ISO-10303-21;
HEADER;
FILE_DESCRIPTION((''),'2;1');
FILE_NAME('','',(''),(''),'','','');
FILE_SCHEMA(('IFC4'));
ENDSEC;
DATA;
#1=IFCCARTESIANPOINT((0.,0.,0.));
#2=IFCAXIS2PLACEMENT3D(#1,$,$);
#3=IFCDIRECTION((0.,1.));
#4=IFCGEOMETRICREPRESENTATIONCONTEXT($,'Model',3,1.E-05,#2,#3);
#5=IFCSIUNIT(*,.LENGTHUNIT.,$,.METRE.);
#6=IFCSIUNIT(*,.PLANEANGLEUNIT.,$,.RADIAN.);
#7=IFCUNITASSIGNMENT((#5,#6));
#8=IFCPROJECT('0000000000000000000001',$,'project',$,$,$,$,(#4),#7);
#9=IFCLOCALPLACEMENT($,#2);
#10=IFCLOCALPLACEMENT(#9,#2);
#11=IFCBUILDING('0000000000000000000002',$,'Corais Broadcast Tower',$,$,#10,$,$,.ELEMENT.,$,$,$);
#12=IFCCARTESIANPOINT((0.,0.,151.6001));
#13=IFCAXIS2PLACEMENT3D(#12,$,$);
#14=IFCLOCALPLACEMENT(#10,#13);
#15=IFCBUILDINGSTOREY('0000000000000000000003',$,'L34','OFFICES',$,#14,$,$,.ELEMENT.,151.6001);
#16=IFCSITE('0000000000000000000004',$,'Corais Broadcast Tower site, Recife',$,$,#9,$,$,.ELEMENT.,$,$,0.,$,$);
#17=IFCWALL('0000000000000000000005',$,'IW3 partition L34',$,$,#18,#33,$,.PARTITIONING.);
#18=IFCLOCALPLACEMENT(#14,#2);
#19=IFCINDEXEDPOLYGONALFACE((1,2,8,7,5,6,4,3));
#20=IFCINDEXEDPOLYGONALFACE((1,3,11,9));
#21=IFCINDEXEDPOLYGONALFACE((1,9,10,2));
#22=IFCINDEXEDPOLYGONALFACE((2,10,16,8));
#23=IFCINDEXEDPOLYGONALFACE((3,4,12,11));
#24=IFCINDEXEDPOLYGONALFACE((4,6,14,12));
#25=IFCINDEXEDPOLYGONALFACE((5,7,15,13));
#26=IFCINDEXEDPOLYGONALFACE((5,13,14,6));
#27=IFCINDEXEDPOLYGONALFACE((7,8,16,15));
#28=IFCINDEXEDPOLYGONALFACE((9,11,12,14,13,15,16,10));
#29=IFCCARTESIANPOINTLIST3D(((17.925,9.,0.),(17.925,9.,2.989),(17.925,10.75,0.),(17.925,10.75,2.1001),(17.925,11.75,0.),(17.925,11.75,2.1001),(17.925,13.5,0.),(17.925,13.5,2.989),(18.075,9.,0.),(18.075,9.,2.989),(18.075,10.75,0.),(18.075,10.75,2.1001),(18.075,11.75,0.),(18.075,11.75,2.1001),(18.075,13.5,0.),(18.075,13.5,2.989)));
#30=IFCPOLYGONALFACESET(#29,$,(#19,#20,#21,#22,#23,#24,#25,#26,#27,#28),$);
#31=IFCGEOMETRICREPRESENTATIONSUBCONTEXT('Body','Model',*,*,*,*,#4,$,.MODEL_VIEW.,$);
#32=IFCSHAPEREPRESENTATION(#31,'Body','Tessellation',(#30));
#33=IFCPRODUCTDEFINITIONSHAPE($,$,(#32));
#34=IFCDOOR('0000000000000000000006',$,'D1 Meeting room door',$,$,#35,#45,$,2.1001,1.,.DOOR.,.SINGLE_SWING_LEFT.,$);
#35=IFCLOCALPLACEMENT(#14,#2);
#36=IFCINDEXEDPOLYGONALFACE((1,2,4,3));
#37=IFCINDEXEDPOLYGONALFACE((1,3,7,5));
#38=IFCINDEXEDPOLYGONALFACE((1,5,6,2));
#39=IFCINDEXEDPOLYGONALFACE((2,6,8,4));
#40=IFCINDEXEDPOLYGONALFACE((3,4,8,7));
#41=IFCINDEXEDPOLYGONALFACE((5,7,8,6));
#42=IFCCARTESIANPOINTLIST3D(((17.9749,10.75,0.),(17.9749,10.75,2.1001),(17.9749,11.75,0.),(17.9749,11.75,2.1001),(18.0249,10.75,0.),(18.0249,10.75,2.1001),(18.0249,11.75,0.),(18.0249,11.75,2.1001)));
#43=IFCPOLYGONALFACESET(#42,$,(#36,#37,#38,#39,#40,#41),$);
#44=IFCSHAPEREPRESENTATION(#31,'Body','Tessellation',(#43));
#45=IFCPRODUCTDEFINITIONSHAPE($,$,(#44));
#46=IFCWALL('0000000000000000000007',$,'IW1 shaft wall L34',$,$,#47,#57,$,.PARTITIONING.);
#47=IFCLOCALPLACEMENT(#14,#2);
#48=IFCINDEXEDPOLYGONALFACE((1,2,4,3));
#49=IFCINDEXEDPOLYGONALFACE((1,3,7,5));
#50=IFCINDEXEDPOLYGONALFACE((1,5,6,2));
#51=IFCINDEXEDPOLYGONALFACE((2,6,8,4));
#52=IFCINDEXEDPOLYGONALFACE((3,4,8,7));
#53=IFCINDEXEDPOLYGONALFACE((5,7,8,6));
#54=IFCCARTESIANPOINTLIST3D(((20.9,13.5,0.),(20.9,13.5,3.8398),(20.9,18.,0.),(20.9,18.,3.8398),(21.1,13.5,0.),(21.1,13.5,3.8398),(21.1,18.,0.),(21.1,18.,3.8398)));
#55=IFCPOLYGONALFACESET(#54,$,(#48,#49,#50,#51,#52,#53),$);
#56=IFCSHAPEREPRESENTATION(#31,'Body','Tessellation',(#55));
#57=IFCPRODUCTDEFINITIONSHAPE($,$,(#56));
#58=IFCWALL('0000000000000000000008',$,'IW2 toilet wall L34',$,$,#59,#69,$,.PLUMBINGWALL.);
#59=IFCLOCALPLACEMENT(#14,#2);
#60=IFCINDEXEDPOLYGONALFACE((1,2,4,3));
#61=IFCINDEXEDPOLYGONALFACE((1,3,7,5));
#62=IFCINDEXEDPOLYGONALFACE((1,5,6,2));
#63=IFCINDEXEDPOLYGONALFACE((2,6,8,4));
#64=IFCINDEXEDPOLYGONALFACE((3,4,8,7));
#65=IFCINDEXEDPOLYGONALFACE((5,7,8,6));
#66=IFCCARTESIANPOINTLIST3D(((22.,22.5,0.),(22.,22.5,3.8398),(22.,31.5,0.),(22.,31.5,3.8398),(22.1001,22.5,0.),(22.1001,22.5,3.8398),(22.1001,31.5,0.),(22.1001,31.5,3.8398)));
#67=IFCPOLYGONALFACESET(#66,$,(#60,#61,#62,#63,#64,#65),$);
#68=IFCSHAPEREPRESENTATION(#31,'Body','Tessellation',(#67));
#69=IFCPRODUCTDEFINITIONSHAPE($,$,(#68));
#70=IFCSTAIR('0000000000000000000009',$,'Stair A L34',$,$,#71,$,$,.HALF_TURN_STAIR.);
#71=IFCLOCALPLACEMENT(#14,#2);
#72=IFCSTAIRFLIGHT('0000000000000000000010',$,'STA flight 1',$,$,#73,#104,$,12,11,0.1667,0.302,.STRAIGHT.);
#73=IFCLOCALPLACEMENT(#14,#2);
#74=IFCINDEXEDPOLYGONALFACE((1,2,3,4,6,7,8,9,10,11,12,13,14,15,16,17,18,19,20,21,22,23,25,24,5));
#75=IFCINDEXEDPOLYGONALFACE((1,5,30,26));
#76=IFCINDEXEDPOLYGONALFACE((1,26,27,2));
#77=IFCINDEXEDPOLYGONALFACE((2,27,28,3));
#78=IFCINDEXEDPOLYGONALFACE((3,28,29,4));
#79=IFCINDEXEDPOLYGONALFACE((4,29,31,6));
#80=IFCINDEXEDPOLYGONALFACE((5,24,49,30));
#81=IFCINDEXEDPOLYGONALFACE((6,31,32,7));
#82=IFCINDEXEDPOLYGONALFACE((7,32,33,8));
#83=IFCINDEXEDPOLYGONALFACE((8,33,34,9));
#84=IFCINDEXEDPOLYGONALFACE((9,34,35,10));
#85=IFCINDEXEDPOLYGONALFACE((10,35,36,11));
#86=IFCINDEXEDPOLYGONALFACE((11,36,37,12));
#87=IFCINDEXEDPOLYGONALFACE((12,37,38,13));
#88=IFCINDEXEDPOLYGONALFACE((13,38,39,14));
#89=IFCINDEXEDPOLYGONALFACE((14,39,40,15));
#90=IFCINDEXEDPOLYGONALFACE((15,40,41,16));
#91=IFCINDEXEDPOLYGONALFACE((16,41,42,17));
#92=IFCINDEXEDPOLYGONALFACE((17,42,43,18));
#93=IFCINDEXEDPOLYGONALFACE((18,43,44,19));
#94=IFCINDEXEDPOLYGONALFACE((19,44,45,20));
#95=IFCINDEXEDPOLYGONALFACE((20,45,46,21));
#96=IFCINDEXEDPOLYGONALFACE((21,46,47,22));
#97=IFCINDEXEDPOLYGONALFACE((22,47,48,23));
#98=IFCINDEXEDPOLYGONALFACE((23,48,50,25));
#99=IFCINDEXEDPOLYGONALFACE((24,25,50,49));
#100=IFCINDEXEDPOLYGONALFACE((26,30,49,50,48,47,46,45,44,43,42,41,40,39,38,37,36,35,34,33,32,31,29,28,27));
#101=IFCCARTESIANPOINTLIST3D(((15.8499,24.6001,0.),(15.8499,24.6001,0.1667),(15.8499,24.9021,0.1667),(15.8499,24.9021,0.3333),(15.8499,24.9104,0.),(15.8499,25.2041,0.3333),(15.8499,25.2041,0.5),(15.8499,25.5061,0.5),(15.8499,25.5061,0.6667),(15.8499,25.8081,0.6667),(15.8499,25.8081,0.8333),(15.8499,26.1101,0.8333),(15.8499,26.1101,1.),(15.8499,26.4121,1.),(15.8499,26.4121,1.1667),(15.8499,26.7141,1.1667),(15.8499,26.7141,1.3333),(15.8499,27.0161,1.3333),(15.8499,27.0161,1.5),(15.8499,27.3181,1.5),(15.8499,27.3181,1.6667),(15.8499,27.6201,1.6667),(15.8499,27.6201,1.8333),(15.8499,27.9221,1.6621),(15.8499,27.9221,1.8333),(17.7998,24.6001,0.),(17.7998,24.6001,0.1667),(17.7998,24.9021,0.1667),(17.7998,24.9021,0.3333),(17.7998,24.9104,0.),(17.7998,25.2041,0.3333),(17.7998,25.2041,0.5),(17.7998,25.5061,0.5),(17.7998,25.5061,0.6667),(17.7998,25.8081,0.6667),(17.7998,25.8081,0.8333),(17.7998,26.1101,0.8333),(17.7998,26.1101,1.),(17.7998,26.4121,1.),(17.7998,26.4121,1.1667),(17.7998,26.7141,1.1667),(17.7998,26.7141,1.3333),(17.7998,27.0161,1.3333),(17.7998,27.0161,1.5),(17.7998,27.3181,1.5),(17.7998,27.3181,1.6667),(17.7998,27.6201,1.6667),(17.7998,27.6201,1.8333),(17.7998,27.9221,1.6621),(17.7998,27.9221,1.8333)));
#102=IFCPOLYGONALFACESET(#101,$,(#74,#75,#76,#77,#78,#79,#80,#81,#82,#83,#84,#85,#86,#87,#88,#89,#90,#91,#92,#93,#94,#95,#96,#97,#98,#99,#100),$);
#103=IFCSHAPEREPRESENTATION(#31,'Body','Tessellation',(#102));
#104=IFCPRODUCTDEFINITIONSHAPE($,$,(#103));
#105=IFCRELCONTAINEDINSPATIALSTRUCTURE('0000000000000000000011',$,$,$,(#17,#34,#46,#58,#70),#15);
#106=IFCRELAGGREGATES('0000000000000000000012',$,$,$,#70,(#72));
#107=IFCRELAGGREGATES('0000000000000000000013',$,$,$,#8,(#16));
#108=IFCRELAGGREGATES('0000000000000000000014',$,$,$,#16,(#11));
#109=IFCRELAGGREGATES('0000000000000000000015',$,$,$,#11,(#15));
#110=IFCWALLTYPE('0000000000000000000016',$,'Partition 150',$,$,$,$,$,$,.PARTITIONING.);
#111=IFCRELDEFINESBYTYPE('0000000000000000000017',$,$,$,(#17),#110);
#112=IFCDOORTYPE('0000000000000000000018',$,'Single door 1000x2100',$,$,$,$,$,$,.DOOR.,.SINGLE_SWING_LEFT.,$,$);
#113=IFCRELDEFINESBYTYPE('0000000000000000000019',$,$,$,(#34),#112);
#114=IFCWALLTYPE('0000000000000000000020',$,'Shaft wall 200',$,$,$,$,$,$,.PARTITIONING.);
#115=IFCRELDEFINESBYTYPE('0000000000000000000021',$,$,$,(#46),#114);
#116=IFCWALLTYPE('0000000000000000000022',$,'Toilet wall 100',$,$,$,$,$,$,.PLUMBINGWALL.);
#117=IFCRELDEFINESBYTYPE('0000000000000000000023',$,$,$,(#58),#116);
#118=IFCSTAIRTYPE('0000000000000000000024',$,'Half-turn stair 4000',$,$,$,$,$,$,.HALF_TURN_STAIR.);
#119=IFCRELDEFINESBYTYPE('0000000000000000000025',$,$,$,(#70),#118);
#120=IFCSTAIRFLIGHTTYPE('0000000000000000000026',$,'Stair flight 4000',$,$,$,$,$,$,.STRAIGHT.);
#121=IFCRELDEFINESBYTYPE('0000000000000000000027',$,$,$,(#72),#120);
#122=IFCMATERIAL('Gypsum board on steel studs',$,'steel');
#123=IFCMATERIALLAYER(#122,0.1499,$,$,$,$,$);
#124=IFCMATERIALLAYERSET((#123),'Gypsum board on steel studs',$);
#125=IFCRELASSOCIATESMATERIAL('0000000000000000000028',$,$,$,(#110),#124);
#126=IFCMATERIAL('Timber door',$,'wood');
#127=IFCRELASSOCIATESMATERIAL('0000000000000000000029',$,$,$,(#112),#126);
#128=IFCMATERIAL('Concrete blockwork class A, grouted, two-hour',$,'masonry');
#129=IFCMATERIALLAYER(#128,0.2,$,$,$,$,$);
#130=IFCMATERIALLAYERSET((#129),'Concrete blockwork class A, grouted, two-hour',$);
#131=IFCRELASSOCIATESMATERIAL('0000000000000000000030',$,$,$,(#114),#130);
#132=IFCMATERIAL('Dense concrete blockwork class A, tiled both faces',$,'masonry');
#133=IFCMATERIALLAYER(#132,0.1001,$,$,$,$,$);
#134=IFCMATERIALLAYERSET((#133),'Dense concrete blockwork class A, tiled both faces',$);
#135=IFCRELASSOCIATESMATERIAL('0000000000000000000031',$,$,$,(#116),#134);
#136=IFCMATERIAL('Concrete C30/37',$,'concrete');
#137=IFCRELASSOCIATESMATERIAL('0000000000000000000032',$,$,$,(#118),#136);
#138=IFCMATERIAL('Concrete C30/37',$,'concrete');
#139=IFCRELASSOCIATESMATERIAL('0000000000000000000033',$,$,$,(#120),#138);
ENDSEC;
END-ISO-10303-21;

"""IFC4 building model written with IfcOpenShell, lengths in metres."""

from ifc_helpers import new_model, si_unit, direction, frame, frame_2d, origin, place, context, subcontext, project, spatial, polyline, rectangle, outline, extrude, material, layer, layer_set, type_object, element, fill, aggregate, save


model = new_model("IFC4")

# Units and contexts
model_context = context("Model", 3, precision=1e-05, world=origin(), true_north=direction((0.0, 1.0)))
body_context = subcontext(model_context, "Body", "Model", "MODEL_VIEW")
ifc_project = project(units=[si_unit("LENGTHUNIT", "METRE"), si_unit("PLANEANGLEUNIT", "RADIAN")], contexts=[model_context])

# Site, building, storey
site_placement = place(None, origin())
site = spatial("IfcSite", under=ifc_project, at=site_placement, Name="Corais Broadcast Tower site, Recife", CompositionType="ELEMENT", RefElevation=0.0)
building_placement = place(site_placement, origin())
building = spatial("IfcBuilding", under=site, at=building_placement, Name="Corais Broadcast Tower", CompositionType="ELEMENT")
storey_placement = place(building_placement, frame((0.0, 0.0, 151.6001)))
storey = spatial("IfcBuildingStorey", under=building, at=storey_placement, Name="L34", Description="OFFICES", CompositionType="ELEMENT", Elevation=151.6001)

# Shared definitions
ifc_material_1 = material(Name="Gypsum board on steel studs", Category="steel")
ifc_layer_1 = layer(ifc_material_1, 0.1499)
ifc_layer_set_1 = layer_set([ifc_layer_1], Name="Gypsum board on steel studs")
wall_type_1 = type_object("IfcWallType", Name="Partition 150", PredefinedType="PARTITIONING", material=ifc_layer_set_1)

# Wall, opening, door
wall_1_placement = place(storey_placement, frame((18.0, 13.5, 0.0), z_axis=(0.0, 0.0, 1.0), x_axis=(0.0, -1.0, 0.0)))
wall_1 = element("IfcWall", 1, at=wall_1_placement, inside=storey, type_object=wall_type_1, Name="IW3 partition L34", PredefinedType="PARTITIONING", context=body_context, shape_type="SweptSolid", body=[
    extrude(rectangle(XDim=4.5, YDim=0.1499, at=frame_2d((2.25, 0.0))), origin(), (0.0, 0.0, 1.0), 2.989),
])
opening_1_placement = place(wall_1_placement, frame((1.75, 0.0, 0.0)))
opening_1 = element("IfcOpeningElement", 2, at=opening_1_placement, cuts=wall_1, PredefinedType="OPENING", context=body_context, shape_type="SweptSolid", body=[
    extrude(rectangle(XDim=1.0, YDim=2.1001, at=frame_2d((0.5, 1.05))), frame((0.0, 0.085, 0.0), z_axis=(0.0, -1.0, 0.0), x_axis=(1.0, 0.0, 0.0)), (0.0, 0.0, 1.0), 0.1699),
])
ifc_material_2 = material(Name="Timber door", Category="wood")
door_type_1 = type_object("IfcDoorType", Name="Single door 1000x2100", OperationType="SINGLE_SWING_LEFT", PredefinedType="DOOR", material=ifc_material_2)
door_1_placement = place(opening_1_placement, origin())
door_1 = element("IfcDoor", 3, at=door_1_placement, inside=storey, type_object=door_type_1, Name="D1 Meeting room door", OperationType="SINGLE_SWING_LEFT", OverallHeight=2.1001, OverallWidth=1.0, PredefinedType="DOOR", context=body_context, shape_type="SweptSolid", body=[
    extrude(rectangle(XDim=1.0, YDim=2.1001, at=frame_2d((0.5, 1.05))), frame((0.0, 0.0249, 0.0), z_axis=(0.0, -1.0, 0.0), x_axis=(1.0, 0.0, 0.0)), (0.0, 0.0, 1.0), 0.05),
])
fill(opening_1, door_1)

# Walls
ifc_material_3 = material(Name="Concrete blockwork class A, grouted, two-hour", Category="masonry")
ifc_layer_2 = layer(ifc_material_3, 0.2)
ifc_layer_set_2 = layer_set([ifc_layer_2], Name="Concrete blockwork class A, grouted, two-hour")
wall_type_2 = type_object("IfcWallType", Name="Shaft wall 200", PredefinedType="PARTITIONING", material=ifc_layer_set_2)
wall_2_placement = place(storey_placement, frame((21.0, 13.5, 0.0), z_axis=(0.0, 0.0, 1.0), x_axis=(0.0, 1.0, 0.0)))
element("IfcWall", 4, at=wall_2_placement, inside=storey, type_object=wall_type_2, Name="IW1 shaft wall L34", PredefinedType="PARTITIONING", context=body_context, shape_type="SweptSolid", body=[
    extrude(rectangle(XDim=4.5, YDim=0.2, at=frame_2d((2.25, 0.0))), origin(), (0.0, 0.0, 1.0), 3.8398),
])
ifc_material_4 = material(Name="Dense concrete blockwork class A, tiled both faces", Category="masonry")
ifc_layer_3 = layer(ifc_material_4, 0.1001)
ifc_layer_set_3 = layer_set([ifc_layer_3], Name="Dense concrete blockwork class A, tiled both faces")
wall_type_3 = type_object("IfcWallType", Name="Toilet wall 100", PredefinedType="PLUMBINGWALL", material=ifc_layer_set_3)
wall_3_placement = place(storey_placement, frame((22.05, 22.5, 0.0), z_axis=(0.0, 0.0, 1.0), x_axis=(0.0, 1.0, 0.0)))
element("IfcWall", 5, at=wall_3_placement, inside=storey, type_object=wall_type_3, Name="IW2 toilet wall L34", PredefinedType="PLUMBINGWALL", context=body_context, shape_type="SweptSolid", body=[
    extrude(rectangle(XDim=9.0, YDim=0.1001, at=frame_2d((4.5, 0.0))), origin(), (0.0, 0.0, 1.0), 3.8398),
])

# Stair, stair flight
ifc_material_5 = material(Name="Concrete C30/37", Category="concrete")
stair_type = type_object("IfcStairType", Name="Half-turn stair 4000", PredefinedType="HALF_TURN_STAIR", material=ifc_material_5)
stair_placement = place(storey_placement, origin())
stair = element("IfcStair", 6, at=stair_placement, inside=storey, type_object=stair_type, Name="Stair A L34", PredefinedType="HALF_TURN_STAIR")
ifc_material_6 = material(Name="Concrete C30/37", Category="concrete")
stair_flight_type = type_object("IfcStairFlightType", Name="Stair flight 4000", PredefinedType="STRAIGHT", material=ifc_material_6)
stair_flight_placement = place(storey_placement, frame((16.825, 24.6001, 0.0), z_axis=(0.0, 0.0, 1.0), x_axis=(0.0, 1.0, 0.0)))
stair_flight = element("IfcStairFlight", 7, at=stair_flight_placement, type_object=stair_flight_type, Name="STA flight 1", NumberOfRisers=12, NumberOfTreads=11, PredefinedType="STRAIGHT", RiserHeight=0.1667, TreadLength=0.302, context=body_context, shape_type="SweptSolid", body=[
    extrude(outline(polyline([(0.0, 0.0), (0.0, 0.1667), (0.302, 0.1667), (0.302, 0.3333), (0.604, 0.3333), (0.604, 0.5), (0.906, 0.5), (0.906, 0.6667), (1.208, 0.6667), (1.208, 0.8333), (1.51, 0.8333), (1.51, 1.0), (1.812, 1.0), (1.812, 1.1667), (2.114, 1.1667), (2.114, 1.3333), (2.416, 1.3333), (2.416, 1.5), (2.718, 1.5), (2.718, 1.6667), (3.02, 1.6667), (3.02, 1.8333), (3.322, 1.8333), (3.322, 2.0), (3.322, 1.6621), (0.3103, 0.0), (0.0, 0.0)])), frame((0.0, 0.9751, 0.0), z_axis=(0.0, -1.0, 0.0), x_axis=(1.0, 0.0, 0.0)), (0.0, 0.0, 1.0), 1.95),
])
aggregate(stair, [stair_flight])

save(model, "model.ifc")
